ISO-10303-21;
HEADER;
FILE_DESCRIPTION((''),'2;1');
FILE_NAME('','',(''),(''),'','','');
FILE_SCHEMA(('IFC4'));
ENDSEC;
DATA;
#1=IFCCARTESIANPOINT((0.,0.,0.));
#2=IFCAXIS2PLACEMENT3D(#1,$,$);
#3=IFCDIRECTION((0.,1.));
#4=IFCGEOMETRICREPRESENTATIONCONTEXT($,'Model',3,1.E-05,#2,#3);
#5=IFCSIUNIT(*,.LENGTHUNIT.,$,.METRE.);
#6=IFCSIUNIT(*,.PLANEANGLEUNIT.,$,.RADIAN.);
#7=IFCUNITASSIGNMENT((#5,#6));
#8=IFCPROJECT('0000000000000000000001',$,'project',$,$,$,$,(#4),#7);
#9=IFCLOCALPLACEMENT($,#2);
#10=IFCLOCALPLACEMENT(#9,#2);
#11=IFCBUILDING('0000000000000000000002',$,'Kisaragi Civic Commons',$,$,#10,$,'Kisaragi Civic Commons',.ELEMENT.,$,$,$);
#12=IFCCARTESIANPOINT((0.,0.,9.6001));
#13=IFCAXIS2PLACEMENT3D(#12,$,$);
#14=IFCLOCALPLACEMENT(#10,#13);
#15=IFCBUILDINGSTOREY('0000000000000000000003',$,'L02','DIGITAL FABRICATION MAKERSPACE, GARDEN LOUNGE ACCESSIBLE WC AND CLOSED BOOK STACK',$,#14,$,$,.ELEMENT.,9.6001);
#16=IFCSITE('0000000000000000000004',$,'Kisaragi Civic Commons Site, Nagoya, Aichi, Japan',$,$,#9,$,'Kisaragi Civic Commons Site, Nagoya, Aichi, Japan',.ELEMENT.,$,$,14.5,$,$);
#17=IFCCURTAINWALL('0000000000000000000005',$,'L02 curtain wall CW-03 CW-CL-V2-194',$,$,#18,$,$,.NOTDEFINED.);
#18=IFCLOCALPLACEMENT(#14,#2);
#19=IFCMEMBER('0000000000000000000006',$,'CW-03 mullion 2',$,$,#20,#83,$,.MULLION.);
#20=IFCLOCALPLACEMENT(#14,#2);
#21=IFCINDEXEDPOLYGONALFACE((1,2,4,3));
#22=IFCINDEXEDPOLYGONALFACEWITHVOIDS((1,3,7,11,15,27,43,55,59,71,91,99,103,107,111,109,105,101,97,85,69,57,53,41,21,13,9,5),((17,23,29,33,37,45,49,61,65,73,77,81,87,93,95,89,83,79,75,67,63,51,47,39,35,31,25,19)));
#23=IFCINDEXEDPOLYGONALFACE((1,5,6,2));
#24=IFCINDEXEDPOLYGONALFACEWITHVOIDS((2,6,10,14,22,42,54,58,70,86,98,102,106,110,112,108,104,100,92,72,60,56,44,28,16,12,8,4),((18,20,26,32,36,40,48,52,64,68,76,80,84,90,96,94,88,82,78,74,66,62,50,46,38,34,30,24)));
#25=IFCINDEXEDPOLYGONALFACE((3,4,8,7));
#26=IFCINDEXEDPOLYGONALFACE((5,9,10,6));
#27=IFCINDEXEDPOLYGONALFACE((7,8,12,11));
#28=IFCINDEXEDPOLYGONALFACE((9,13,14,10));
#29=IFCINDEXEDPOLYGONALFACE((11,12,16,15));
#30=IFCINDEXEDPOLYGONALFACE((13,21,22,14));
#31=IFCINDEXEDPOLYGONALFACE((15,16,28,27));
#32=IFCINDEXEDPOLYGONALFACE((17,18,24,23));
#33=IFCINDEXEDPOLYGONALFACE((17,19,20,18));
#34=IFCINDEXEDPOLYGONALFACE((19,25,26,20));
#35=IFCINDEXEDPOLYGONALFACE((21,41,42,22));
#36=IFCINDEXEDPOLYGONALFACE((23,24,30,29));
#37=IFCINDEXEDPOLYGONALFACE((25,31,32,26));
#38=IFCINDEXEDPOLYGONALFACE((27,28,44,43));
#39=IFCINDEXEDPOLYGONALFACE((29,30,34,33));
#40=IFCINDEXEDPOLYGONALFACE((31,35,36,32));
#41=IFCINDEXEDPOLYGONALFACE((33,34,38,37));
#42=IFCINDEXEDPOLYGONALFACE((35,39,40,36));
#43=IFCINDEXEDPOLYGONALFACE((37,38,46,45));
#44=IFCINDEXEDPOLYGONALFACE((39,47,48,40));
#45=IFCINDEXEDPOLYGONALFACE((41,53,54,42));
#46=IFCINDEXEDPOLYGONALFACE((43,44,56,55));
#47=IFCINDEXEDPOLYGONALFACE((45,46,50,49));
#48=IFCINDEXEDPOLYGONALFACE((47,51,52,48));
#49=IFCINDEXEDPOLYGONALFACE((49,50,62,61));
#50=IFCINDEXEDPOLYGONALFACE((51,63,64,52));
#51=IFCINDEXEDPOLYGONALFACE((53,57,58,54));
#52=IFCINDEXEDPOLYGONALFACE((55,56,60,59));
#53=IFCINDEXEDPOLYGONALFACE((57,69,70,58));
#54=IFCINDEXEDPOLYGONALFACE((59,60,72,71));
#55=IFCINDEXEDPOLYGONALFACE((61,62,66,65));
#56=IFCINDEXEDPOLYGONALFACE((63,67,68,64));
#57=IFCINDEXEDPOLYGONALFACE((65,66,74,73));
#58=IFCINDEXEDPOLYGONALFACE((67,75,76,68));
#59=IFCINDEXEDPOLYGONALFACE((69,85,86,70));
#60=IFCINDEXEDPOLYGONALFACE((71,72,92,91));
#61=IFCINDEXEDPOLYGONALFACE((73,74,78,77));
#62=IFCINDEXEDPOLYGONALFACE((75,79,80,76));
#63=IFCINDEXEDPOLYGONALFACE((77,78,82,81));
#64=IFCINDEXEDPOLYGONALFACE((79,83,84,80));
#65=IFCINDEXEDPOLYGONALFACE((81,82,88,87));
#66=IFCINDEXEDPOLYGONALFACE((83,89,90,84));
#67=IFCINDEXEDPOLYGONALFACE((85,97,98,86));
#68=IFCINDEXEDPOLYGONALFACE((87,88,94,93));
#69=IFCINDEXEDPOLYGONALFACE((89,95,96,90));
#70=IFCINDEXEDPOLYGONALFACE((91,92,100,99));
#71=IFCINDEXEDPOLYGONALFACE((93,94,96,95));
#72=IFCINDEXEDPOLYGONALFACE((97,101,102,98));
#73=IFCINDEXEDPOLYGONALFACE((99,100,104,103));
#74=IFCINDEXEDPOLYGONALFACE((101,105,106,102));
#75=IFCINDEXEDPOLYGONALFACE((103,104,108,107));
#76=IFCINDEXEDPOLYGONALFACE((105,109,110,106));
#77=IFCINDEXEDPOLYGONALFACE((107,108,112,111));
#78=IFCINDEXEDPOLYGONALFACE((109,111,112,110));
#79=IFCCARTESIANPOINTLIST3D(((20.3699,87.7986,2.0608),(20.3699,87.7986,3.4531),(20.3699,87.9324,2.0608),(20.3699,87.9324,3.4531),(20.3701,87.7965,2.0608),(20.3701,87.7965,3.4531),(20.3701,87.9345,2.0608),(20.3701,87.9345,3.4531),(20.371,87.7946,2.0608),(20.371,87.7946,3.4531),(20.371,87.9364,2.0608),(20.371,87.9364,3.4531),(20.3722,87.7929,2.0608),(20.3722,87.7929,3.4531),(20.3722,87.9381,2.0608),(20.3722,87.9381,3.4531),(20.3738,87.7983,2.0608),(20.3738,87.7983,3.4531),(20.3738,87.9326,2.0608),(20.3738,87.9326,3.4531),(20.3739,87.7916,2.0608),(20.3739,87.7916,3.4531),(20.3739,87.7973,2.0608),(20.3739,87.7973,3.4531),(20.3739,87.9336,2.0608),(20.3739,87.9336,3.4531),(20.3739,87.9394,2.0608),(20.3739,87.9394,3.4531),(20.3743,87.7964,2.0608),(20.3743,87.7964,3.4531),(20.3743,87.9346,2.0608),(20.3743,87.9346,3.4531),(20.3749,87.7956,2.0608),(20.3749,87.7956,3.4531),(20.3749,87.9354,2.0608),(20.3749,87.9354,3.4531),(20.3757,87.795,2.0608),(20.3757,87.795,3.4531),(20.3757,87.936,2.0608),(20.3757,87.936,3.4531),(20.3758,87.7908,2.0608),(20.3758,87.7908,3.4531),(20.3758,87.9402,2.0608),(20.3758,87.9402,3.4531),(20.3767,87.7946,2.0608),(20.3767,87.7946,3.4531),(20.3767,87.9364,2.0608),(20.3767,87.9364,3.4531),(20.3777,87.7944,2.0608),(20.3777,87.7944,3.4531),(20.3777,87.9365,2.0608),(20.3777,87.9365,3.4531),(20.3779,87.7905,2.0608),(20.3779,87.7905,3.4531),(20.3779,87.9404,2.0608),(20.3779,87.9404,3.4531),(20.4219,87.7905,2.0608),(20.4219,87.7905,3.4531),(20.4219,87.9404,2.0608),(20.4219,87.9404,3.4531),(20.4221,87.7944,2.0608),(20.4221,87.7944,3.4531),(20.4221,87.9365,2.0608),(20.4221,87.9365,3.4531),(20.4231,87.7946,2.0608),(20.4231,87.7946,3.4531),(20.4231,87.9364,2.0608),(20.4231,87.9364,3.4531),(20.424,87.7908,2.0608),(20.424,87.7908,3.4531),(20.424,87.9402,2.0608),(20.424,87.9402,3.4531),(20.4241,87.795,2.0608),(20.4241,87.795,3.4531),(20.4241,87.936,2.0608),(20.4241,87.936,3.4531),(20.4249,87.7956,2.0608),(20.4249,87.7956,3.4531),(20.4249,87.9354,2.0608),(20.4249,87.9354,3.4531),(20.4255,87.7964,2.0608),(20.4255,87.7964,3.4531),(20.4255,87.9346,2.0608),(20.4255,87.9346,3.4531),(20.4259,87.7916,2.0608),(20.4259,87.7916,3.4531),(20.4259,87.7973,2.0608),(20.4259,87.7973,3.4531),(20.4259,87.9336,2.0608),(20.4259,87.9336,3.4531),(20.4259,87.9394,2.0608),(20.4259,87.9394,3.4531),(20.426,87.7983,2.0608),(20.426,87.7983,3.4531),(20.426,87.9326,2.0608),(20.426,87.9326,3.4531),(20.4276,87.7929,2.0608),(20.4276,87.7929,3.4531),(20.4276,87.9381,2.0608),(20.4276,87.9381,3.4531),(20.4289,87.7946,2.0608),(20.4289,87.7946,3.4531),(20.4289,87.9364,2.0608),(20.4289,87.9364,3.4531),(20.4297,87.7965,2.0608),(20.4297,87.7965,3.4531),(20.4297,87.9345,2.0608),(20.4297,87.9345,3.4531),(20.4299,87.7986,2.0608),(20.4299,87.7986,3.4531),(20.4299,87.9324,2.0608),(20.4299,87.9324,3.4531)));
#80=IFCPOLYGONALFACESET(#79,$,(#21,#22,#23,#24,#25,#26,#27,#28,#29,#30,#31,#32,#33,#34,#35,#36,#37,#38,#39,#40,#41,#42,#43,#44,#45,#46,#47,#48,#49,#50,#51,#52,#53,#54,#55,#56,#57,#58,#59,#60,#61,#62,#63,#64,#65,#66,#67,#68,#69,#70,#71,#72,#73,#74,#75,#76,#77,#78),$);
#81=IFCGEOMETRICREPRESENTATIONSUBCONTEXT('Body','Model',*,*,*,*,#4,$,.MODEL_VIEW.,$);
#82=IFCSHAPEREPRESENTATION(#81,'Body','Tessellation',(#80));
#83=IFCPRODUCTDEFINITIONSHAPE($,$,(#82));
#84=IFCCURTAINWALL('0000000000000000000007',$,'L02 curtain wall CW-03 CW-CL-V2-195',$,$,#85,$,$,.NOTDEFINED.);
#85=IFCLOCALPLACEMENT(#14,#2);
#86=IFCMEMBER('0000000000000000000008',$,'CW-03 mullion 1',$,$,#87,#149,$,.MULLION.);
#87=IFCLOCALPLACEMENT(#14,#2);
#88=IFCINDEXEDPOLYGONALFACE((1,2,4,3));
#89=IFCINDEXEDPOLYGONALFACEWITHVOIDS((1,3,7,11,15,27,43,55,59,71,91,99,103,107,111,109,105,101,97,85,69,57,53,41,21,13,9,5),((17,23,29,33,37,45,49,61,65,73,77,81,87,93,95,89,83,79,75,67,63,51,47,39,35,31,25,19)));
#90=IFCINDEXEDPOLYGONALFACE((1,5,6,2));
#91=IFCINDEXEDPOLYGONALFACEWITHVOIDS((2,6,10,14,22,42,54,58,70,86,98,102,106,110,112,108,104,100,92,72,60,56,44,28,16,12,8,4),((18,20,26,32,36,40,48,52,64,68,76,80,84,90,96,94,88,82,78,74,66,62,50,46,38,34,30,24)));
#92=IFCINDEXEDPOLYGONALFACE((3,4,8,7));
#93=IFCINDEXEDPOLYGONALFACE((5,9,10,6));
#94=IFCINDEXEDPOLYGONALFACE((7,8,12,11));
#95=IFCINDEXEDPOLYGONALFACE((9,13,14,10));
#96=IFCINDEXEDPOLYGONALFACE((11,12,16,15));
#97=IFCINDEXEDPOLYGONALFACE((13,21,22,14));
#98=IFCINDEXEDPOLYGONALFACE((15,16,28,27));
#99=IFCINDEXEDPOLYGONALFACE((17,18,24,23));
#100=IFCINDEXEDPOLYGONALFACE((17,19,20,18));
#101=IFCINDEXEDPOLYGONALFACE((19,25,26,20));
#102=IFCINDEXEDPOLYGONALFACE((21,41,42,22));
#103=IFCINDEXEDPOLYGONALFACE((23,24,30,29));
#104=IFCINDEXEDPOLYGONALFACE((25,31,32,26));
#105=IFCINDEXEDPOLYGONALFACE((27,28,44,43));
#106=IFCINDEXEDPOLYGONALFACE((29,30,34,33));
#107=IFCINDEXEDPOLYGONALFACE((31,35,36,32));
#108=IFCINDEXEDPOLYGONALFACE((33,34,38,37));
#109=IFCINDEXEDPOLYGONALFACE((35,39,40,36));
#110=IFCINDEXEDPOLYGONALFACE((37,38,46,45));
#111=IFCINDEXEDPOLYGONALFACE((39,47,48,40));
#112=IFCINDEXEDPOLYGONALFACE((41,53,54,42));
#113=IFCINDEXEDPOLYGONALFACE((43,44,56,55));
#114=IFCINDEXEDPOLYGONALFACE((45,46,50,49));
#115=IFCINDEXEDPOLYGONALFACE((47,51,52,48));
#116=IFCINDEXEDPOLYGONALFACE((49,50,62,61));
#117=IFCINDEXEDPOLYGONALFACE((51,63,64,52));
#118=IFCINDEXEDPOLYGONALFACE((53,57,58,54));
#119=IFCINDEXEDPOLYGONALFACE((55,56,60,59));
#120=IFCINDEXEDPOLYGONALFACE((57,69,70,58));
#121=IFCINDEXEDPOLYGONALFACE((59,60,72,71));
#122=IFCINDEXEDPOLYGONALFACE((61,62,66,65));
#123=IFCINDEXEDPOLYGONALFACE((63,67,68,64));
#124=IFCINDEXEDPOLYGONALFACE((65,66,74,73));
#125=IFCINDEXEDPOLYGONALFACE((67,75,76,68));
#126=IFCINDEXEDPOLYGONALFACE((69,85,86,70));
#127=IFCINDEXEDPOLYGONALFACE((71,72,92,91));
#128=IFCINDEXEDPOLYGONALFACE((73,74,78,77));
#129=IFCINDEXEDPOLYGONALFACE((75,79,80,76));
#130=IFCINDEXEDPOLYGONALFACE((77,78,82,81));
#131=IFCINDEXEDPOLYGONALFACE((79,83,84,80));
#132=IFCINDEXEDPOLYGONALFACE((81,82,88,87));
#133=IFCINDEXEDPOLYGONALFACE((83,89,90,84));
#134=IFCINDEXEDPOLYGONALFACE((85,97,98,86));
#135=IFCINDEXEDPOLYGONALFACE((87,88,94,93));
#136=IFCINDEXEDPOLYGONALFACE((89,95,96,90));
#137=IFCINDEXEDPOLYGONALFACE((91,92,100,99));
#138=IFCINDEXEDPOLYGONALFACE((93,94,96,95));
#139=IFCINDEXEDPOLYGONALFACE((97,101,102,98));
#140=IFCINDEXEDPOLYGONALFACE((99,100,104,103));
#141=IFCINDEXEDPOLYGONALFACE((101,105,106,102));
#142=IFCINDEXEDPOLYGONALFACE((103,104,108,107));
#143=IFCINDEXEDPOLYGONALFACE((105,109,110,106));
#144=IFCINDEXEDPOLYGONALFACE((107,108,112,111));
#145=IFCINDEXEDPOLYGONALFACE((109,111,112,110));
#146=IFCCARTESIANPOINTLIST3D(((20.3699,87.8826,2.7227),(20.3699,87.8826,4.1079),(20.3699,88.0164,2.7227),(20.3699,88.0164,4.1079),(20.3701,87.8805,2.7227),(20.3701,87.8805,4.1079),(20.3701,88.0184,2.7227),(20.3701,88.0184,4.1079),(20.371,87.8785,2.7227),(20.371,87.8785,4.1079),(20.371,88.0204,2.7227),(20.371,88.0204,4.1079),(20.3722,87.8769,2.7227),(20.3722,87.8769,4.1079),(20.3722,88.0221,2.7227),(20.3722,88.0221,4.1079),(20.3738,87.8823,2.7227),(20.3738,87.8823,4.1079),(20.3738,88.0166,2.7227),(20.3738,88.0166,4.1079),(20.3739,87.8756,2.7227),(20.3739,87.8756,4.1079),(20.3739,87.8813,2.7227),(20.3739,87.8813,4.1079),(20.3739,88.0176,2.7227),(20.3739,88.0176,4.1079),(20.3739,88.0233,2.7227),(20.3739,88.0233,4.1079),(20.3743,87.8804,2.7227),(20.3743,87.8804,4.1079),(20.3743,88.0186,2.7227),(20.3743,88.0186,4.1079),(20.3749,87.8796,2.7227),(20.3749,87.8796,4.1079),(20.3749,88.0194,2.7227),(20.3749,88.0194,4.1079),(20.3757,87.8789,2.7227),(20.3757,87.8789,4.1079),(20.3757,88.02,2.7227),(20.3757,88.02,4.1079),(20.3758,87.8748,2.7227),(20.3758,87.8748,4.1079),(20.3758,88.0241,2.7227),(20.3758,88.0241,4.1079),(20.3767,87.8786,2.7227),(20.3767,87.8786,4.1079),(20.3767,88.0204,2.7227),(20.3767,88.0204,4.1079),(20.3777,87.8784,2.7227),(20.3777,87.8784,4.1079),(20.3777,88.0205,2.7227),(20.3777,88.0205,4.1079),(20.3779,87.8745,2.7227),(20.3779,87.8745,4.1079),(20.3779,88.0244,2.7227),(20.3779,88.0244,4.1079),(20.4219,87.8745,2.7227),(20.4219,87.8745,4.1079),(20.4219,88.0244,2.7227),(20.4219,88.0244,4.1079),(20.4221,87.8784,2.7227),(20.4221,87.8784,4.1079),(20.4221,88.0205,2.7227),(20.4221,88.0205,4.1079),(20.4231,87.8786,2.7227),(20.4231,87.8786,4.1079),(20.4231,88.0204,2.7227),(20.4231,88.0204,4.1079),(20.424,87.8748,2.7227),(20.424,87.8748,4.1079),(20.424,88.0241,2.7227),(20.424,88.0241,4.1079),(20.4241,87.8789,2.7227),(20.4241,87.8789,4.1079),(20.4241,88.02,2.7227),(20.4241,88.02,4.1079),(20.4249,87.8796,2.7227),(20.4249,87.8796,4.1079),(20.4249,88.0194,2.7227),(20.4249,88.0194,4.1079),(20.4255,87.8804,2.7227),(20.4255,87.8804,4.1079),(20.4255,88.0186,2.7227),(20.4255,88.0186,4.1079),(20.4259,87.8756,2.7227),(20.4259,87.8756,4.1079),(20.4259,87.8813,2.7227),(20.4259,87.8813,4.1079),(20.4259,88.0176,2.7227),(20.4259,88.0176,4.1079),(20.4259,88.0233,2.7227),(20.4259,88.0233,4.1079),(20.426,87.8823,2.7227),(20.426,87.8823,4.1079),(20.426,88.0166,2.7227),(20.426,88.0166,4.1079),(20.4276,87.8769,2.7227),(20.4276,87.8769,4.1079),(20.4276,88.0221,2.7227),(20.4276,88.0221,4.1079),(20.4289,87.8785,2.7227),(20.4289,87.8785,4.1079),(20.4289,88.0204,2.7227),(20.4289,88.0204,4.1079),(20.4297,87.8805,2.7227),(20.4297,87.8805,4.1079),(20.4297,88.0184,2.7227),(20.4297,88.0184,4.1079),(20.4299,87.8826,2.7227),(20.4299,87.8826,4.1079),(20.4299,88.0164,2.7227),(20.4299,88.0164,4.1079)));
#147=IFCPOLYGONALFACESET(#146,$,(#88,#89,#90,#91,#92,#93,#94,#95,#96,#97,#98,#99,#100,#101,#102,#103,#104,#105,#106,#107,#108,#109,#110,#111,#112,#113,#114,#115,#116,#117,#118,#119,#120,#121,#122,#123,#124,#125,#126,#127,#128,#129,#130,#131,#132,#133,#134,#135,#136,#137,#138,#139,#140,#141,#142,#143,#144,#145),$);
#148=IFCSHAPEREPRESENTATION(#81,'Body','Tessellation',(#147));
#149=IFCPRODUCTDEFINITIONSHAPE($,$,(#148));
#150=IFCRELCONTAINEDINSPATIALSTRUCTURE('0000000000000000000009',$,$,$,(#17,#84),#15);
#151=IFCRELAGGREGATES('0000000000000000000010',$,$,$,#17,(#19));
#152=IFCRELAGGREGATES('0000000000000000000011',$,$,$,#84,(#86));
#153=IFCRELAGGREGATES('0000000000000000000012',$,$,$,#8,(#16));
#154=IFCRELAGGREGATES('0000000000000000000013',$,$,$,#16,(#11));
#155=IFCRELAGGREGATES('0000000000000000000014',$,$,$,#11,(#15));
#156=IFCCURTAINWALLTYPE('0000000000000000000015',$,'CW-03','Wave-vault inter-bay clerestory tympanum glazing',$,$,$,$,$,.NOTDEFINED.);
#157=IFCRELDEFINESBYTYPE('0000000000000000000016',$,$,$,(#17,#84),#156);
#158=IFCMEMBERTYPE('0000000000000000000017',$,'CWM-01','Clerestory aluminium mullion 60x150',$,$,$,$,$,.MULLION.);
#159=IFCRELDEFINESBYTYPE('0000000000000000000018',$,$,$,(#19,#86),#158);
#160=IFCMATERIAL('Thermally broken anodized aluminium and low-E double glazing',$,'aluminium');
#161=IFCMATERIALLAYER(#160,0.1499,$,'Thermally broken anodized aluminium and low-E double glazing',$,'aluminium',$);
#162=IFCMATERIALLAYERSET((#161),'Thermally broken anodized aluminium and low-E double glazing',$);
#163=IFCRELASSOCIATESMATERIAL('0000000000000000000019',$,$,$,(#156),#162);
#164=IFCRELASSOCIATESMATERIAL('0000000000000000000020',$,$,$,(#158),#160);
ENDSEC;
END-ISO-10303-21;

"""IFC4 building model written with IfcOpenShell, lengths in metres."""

from ifc_helpers import new_model, si_unit, direction, frame, origin, origin_2d, place, context, subcontext, project, spatial, hollow_rectangle, extrude, material, layer, layer_set, material_profile, profile_set, type_object, element, aggregate, save


model = new_model("IFC4")

# Units and contexts
model_context = context("Model", 3, precision=1e-05, world=origin(), true_north=direction((0.0, 1.0)))
body_context = subcontext(model_context, "Body", "Model", "MODEL_VIEW")
ifc_project = project(units=[si_unit("LENGTHUNIT", "METRE"), si_unit("PLANEANGLEUNIT", "RADIAN")], contexts=[model_context])

# Site, building, storey
site_placement = place(None, origin())
site = spatial("IfcSite", under=ifc_project, at=site_placement, Name="Kisaragi Civic Commons Site, Nagoya, Aichi, Japan", LongName="Kisaragi Civic Commons Site, Nagoya, Aichi, Japan", CompositionType="ELEMENT", RefElevation=14.5)
building_placement = place(site_placement, origin())
building = spatial("IfcBuilding", under=site, at=building_placement, Name="Kisaragi Civic Commons", LongName="Kisaragi Civic Commons", CompositionType="ELEMENT")
storey_placement = place(building_placement, frame((0.0, 0.0, 9.6001)))
storey = spatial("IfcBuildingStorey", under=building, at=storey_placement, Name="L02", Description="DIGITAL FABRICATION MAKERSPACE, GARDEN LOUNGE ACCESSIBLE WC AND CLOSED BOOK STACK", CompositionType="ELEMENT", Elevation=9.6001)

# Shared definitions
ifc_material_1 = material(Name="Thermally broken anodized aluminium and low-E double glazing", Category="aluminium")
ifc_layer_1 = layer(ifc_material_1, 0.1499, Name="Thermally broken anodized aluminium and low-E double glazing", Category="aluminium")
ifc_layer_set_1 = layer_set([ifc_layer_1], Name="Thermally broken anodized aluminium and low-E double glazing")
curtain_wall_type = type_object("IfcCurtainWallType", Name="CW-03", Description="Wave-vault inter-bay clerestory tympanum glazing", PredefinedType="NOTDEFINED", material=ifc_layer_set_1)
ifc_material_profile_1 = material_profile(ifc_material_1, hollow_rectangle(XDim=0.0601, YDim=0.1499, WallThickness=0.0039, InnerFilletRadius=0.0039, OuterFilletRadius=0.0081, at=origin_2d()), Name="CWM-60x150x4", Category="aluminium")
ifc_profile_set_1 = profile_set([ifc_material_profile_1], Name="Thermally broken anodized aluminium and low-E double glazing")
member_type_1 = type_object("IfcMemberType", Name="CWM-01", Description="Clerestory aluminium mullion 60x150", PredefinedType="MULLION", material=ifc_profile_set_1)

# Curtain walls, members
curtain_wall_1_placement = place(storey_placement, origin())
curtain_wall_1 = element("IfcCurtainWall", 1, at=curtain_wall_1_placement, inside=storey, type_object=curtain_wall_type, Name="L02 curtain wall CW-03 CW-CL-V2-194", PredefinedType="NOTDEFINED")
member_1_placement = place(storey_placement, frame((20.3999, 87.8655, 2.0608), z_axis=(0.0, 0.0, 1.0), x_axis=(-1.0, 0.0, 0.0)))
member_1 = element("IfcMember", 2, at=member_1_placement, type_object=member_type_1, Name="CW-03 mullion 2", PredefinedType="MULLION", context=body_context, shape_type="SweptSolid", body=[
    extrude(hollow_rectangle(XDim=0.0601, YDim=0.1499, WallThickness=0.0039, InnerFilletRadius=0.0039, OuterFilletRadius=0.0081, at=origin_2d()), origin(), (0.0, 0.0, 1.0), 1.3923),
])
curtain_wall_2_placement = place(storey_placement, origin())
curtain_wall_2 = element("IfcCurtainWall", 3, at=curtain_wall_2_placement, inside=storey, type_object=curtain_wall_type, Name="L02 curtain wall CW-03 CW-CL-V2-195", PredefinedType="NOTDEFINED")
member_2_placement = place(storey_placement, frame((20.3999, 87.9495, 2.7227), z_axis=(0.0, 0.0, 1.0), x_axis=(-1.0, 0.0, 0.0)))
member_2 = element("IfcMember", 4, at=member_2_placement, type_object=member_type_1, Name="CW-03 mullion 1", PredefinedType="MULLION", context=body_context, shape_type="SweptSolid", body=[
    extrude(hollow_rectangle(XDim=0.0601, YDim=0.1499, WallThickness=0.0039, InnerFilletRadius=0.0039, OuterFilletRadius=0.0081, at=origin_2d()), origin(), (0.0, 0.0, 1.0), 1.3853),
])

aggregate(curtain_wall_1, [member_1])
aggregate(curtain_wall_2, [member_2])

save(model, "model.ifc")
